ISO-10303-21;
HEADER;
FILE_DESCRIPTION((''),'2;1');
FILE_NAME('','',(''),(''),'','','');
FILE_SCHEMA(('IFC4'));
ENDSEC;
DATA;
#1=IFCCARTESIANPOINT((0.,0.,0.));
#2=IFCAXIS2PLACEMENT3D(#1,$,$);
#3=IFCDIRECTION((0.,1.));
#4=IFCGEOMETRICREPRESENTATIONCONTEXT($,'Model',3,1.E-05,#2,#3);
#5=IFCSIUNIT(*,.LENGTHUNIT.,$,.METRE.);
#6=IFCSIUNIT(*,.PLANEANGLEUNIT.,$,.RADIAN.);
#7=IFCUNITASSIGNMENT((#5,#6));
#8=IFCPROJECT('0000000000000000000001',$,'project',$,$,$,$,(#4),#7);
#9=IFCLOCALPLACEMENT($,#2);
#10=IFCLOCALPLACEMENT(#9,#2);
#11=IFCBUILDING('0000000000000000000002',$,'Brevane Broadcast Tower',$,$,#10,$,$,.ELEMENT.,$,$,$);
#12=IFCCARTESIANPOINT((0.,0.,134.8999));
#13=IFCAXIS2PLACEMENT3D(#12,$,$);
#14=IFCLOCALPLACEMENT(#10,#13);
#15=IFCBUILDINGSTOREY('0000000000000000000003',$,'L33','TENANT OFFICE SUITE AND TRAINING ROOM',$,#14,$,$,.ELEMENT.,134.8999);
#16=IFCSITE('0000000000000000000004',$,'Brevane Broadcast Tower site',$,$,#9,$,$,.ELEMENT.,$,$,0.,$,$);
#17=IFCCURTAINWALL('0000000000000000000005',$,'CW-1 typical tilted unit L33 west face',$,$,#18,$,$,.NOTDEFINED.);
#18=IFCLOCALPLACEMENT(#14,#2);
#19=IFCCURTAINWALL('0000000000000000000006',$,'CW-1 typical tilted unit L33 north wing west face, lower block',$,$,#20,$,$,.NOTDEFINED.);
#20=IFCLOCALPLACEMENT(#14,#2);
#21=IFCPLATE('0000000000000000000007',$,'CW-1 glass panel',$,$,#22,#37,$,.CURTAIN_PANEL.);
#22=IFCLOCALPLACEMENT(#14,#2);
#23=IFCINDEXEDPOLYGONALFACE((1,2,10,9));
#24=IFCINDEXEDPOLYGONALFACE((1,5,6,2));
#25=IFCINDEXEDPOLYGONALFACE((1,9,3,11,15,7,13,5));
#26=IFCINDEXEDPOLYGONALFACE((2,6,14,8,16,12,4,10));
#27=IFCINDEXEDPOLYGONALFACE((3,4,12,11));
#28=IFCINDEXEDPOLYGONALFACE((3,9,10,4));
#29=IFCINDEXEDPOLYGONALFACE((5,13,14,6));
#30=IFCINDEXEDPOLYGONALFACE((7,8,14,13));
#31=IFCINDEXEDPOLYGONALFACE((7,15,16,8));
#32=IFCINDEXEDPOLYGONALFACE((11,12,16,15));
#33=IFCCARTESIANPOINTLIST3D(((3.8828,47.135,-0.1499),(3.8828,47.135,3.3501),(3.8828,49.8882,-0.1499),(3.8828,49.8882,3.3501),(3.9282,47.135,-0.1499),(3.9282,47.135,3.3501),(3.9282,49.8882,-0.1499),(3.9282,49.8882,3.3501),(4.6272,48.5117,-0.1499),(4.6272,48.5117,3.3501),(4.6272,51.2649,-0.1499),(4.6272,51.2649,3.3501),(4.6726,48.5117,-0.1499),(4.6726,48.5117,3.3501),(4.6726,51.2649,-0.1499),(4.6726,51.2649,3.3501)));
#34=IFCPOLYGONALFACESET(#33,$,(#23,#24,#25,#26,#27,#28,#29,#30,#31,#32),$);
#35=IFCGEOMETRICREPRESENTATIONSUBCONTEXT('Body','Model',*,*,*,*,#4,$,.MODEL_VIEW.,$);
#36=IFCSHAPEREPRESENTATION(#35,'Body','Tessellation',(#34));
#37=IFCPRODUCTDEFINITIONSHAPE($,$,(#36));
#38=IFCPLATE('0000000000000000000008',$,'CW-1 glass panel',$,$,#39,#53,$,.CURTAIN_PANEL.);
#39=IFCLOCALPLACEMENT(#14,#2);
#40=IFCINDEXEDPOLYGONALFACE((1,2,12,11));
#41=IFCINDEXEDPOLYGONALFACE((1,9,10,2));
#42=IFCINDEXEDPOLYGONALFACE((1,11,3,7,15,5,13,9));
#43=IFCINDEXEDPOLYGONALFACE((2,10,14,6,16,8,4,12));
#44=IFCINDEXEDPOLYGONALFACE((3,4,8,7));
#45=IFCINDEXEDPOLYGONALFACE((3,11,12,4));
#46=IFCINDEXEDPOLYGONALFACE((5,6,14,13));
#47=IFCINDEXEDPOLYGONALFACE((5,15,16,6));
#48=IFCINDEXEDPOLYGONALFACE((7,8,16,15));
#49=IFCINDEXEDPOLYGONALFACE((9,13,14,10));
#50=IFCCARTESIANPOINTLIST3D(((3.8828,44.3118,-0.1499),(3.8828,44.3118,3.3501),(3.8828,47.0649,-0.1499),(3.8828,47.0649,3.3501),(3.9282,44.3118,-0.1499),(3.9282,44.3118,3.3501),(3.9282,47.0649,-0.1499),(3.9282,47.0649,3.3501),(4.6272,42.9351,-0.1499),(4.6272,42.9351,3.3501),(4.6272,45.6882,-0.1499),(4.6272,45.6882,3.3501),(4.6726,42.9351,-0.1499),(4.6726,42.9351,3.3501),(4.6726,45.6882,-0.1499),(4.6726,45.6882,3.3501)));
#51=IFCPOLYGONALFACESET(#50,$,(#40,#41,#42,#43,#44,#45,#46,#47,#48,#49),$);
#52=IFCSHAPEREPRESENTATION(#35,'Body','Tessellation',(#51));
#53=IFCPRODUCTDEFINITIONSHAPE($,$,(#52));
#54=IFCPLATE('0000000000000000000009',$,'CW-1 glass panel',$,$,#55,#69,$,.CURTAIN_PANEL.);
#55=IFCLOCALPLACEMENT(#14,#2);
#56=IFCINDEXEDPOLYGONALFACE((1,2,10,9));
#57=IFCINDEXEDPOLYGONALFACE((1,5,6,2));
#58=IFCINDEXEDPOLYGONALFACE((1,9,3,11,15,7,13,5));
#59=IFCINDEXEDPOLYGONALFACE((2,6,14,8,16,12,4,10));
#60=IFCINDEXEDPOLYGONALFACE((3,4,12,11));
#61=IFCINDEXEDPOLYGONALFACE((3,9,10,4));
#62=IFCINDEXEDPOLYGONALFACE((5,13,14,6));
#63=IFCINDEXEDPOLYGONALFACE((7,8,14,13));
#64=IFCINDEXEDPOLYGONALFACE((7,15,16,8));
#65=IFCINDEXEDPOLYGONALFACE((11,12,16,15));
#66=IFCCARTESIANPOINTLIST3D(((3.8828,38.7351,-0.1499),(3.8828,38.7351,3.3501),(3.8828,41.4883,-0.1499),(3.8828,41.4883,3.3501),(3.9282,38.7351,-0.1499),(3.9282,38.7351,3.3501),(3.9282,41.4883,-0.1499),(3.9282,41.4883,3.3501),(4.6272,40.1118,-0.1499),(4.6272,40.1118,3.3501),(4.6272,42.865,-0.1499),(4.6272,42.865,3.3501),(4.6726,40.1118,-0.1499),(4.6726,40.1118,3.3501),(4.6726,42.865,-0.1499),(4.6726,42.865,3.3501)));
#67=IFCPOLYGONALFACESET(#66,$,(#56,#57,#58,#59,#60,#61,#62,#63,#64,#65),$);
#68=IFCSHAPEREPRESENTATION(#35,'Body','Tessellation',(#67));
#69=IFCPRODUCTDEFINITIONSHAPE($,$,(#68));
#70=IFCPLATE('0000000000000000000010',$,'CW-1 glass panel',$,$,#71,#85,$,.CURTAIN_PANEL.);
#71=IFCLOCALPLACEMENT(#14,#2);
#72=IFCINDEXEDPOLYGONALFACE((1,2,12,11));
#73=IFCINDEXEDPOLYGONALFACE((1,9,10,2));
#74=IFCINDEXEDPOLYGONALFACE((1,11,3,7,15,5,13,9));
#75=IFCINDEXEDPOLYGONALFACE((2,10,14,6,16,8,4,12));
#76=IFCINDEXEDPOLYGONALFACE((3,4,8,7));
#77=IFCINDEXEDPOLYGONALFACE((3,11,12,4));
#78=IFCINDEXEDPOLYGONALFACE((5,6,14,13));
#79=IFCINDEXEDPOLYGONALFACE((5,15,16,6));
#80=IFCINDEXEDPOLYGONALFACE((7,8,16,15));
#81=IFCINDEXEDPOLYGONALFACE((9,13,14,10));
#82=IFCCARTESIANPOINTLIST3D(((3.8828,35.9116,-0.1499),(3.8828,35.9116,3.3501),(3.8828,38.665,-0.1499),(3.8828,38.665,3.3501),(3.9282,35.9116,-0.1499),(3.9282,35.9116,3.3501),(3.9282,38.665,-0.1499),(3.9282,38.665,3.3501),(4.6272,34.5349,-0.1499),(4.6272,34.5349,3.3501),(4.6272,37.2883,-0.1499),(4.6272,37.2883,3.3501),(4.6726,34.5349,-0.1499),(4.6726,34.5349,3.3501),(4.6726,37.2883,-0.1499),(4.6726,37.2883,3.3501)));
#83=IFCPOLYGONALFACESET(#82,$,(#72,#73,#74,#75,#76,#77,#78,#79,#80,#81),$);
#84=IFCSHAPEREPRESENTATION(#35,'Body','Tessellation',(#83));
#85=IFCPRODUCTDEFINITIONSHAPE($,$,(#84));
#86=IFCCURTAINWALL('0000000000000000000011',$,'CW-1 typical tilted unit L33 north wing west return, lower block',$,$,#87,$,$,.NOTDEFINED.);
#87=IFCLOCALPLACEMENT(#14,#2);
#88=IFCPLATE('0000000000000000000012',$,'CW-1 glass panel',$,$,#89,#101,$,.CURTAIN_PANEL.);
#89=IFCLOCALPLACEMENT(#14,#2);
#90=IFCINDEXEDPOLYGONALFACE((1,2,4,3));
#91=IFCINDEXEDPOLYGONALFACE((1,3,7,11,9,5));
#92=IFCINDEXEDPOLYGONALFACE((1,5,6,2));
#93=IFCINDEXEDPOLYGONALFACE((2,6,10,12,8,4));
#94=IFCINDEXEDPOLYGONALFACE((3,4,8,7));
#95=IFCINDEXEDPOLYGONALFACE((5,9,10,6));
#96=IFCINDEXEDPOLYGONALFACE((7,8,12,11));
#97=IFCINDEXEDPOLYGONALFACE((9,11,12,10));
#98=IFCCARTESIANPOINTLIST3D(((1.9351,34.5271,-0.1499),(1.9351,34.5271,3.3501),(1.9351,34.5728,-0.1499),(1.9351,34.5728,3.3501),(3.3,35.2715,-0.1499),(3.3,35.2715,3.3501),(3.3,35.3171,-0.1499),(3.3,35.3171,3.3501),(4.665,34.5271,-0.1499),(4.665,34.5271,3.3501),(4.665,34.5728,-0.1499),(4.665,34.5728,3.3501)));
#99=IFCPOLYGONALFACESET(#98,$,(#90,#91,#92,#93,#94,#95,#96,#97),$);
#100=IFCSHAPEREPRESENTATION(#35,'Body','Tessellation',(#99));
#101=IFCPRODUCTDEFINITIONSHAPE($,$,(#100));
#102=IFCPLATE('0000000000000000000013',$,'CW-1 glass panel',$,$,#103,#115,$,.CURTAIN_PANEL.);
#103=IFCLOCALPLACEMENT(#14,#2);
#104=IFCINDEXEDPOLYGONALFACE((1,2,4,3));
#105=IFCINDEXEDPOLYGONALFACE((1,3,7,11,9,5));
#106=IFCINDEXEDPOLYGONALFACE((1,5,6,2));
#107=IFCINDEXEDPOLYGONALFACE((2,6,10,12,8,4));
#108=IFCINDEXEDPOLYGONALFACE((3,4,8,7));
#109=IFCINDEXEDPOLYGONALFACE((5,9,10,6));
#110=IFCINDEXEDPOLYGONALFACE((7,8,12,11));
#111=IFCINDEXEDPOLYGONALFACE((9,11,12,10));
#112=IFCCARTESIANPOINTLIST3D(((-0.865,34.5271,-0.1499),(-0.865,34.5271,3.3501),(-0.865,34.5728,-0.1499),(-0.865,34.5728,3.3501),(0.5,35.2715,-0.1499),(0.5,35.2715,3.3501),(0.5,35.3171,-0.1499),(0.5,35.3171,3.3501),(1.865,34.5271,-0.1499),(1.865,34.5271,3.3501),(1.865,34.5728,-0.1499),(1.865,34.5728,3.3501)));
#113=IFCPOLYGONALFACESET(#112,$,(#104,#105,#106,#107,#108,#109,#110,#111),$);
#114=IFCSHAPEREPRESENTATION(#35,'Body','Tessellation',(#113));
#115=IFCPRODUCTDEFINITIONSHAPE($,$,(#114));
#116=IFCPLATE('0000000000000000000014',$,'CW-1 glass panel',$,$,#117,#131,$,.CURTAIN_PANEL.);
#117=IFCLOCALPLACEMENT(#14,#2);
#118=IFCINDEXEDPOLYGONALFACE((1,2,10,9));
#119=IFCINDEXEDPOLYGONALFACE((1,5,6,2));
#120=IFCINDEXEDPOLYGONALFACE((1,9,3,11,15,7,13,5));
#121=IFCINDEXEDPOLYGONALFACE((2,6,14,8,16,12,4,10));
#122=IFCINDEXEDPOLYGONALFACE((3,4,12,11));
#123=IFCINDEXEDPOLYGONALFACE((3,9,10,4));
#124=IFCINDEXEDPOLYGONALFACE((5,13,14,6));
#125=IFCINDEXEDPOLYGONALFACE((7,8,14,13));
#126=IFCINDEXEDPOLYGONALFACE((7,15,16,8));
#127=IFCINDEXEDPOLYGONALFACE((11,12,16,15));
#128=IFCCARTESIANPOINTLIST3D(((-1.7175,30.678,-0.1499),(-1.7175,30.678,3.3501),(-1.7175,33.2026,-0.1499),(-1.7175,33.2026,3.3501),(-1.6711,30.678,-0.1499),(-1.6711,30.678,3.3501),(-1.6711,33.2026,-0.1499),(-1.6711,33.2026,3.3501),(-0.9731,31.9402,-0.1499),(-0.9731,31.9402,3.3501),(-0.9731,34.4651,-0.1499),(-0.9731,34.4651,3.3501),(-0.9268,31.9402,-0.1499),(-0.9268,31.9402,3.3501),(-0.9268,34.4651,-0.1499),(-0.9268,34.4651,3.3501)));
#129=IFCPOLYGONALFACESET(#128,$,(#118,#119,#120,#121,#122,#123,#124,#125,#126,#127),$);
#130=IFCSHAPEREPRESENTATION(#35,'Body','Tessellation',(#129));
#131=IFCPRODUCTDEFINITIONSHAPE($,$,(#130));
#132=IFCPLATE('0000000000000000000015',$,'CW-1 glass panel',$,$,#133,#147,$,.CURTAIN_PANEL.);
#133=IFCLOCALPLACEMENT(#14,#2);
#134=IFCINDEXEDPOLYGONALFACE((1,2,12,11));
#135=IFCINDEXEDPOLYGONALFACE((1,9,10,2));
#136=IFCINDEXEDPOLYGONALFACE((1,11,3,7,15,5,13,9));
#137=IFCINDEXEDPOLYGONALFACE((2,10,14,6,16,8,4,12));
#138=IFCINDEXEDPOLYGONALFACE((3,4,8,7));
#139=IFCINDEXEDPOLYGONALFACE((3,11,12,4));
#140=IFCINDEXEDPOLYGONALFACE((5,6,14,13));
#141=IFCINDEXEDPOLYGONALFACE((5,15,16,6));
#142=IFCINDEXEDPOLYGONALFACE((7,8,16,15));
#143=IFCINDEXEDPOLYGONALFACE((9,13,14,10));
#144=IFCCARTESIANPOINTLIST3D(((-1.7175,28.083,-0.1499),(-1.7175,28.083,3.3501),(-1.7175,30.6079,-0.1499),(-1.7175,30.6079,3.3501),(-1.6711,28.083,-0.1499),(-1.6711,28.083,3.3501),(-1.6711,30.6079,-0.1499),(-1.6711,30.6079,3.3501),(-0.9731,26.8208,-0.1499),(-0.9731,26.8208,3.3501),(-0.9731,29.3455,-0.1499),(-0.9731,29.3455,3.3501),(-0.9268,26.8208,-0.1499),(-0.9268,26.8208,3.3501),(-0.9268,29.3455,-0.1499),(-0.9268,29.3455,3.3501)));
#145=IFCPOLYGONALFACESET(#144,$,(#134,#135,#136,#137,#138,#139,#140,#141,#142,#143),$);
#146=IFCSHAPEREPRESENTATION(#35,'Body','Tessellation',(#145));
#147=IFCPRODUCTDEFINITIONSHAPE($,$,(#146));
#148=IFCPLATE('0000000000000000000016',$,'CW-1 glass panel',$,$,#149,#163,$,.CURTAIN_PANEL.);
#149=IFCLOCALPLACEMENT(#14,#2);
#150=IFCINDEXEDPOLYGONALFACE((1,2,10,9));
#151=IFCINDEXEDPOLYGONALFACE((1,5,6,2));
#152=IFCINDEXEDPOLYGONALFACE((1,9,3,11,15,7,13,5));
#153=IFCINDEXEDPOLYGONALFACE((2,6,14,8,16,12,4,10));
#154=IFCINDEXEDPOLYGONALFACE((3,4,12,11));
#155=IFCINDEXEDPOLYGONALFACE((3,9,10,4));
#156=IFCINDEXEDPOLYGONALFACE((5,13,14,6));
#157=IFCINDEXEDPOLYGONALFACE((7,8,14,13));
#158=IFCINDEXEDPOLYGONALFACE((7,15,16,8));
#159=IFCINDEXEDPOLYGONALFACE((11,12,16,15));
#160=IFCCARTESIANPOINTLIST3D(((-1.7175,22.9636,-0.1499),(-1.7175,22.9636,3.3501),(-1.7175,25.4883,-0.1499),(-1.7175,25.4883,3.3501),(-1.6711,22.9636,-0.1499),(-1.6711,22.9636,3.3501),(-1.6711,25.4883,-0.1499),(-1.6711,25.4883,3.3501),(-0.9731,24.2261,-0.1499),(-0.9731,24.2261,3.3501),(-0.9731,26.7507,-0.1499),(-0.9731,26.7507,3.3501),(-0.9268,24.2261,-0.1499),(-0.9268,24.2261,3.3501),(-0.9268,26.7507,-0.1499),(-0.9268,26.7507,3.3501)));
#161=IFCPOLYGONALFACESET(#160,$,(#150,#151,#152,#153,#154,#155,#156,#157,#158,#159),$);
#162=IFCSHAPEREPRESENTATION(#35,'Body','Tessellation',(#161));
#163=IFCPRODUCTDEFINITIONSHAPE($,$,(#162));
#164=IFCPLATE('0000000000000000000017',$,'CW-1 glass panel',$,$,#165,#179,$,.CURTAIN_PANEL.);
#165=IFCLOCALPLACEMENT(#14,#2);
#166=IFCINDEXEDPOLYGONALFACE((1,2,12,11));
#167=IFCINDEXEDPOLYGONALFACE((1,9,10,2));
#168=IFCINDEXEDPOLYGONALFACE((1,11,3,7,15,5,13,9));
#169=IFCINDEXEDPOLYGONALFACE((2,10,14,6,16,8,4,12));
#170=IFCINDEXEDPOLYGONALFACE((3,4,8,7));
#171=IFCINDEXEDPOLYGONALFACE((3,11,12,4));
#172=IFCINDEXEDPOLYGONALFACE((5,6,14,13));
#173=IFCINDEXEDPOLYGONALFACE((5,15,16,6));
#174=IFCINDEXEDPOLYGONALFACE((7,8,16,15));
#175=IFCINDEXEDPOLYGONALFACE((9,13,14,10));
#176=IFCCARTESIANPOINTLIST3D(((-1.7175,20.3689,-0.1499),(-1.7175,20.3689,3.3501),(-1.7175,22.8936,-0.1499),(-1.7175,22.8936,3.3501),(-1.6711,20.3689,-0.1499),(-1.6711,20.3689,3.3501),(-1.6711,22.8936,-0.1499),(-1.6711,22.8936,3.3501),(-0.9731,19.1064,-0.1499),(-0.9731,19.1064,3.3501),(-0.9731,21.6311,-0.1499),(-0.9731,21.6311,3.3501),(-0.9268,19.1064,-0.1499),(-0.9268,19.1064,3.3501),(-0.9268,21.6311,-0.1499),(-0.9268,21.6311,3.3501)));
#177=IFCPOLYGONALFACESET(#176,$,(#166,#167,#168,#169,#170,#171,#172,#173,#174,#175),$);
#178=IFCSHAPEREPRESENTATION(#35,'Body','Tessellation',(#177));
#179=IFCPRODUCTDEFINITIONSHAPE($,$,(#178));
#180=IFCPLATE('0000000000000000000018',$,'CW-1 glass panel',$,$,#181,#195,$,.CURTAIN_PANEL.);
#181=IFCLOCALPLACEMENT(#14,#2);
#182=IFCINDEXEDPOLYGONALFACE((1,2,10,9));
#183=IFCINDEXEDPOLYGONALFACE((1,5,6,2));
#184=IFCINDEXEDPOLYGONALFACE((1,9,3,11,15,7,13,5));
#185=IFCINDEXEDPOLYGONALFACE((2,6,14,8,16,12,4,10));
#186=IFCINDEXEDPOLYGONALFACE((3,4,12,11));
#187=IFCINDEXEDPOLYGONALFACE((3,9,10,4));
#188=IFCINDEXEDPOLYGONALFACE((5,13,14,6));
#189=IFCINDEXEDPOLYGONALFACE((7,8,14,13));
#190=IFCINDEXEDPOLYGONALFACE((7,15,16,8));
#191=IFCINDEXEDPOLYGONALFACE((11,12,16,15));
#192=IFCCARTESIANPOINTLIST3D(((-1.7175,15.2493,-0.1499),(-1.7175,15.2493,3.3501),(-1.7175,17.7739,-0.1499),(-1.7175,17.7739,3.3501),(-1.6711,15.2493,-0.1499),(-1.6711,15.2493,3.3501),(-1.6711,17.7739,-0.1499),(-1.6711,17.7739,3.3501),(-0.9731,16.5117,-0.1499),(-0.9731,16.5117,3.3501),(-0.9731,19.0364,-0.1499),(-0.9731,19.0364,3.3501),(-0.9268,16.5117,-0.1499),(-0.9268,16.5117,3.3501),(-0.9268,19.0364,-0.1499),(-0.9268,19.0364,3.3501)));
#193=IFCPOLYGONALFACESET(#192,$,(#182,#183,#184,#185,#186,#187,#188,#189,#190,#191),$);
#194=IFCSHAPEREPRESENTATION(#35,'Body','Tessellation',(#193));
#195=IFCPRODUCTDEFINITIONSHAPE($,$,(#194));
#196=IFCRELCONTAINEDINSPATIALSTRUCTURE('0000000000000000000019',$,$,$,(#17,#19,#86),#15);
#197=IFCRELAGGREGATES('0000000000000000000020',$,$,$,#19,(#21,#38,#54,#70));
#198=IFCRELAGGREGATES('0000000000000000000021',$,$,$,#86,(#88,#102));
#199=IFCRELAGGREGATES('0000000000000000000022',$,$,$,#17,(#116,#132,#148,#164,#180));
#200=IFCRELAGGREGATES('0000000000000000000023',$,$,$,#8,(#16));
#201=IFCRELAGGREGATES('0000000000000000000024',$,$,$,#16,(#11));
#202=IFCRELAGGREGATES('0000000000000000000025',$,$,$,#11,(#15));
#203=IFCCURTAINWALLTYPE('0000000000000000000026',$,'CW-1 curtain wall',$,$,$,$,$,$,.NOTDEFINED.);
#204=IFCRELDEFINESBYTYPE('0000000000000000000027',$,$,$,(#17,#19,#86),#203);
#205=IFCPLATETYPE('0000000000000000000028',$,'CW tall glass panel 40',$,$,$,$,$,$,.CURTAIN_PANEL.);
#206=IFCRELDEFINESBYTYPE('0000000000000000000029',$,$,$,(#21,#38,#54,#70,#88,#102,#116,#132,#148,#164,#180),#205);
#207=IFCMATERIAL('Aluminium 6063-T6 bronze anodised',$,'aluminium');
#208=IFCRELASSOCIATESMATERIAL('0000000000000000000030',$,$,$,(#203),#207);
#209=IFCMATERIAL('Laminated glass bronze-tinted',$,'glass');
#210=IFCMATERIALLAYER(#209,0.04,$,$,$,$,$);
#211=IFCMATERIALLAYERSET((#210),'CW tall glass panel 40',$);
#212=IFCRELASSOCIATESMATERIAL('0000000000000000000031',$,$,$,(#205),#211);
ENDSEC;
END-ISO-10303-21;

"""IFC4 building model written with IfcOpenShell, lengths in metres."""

from ifc_helpers import new_model, si_unit, direction, frame, origin, place, context, subcontext, project, spatial, polyline, outline, extrude, material, layer, layer_set, type_object, element, aggregate, save


model = new_model("IFC4")

# Units and contexts
model_context = context("Model", 3, precision=1e-05, world=origin(), true_north=direction((0.0, 1.0)))
body_context = subcontext(model_context, "Body", "Model", "MODEL_VIEW")
ifc_project = project(units=[si_unit("LENGTHUNIT", "METRE"), si_unit("PLANEANGLEUNIT", "RADIAN")], contexts=[model_context])

# Site, building, storey
site_placement = place(None, origin())
site = spatial("IfcSite", under=ifc_project, at=site_placement, Name="Brevane Broadcast Tower site", CompositionType="ELEMENT", RefElevation=0.0)
building_placement = place(site_placement, origin())
building = spatial("IfcBuilding", under=site, at=building_placement, Name="Brevane Broadcast Tower", CompositionType="ELEMENT")
storey_placement = place(building_placement, frame((0.0, 0.0, 134.8999)))
storey = spatial("IfcBuildingStorey", under=building, at=storey_placement, Name="L33", Description="TENANT OFFICE SUITE AND TRAINING ROOM", CompositionType="ELEMENT", Elevation=134.8999)

# Curtain wall
ifc_material_1 = material(Name="Aluminium 6063-T6 bronze anodised", Category="aluminium")
curtain_wall_type = type_object("IfcCurtainWallType", Name="CW-1 curtain wall", PredefinedType="NOTDEFINED", material=ifc_material_1)
curtain_wall_1_placement = place(storey_placement, origin())
curtain_wall_1 = element("IfcCurtainWall", 1, at=curtain_wall_1_placement, inside=storey, type_object=curtain_wall_type, Name="CW-1 typical tilted unit L33 west face", PredefinedType="NOTDEFINED")

# Shared definitions
ifc_material_2 = material(Name="Laminated glass bronze-tinted", Category="glass")
ifc_layer = layer(ifc_material_2, 0.04)
ifc_layer_set = layer_set([ifc_layer], Name="CW tall glass panel 40")
plate_type = type_object("IfcPlateType", Name="CW tall glass panel 40", PredefinedType="CURTAIN_PANEL", material=ifc_layer_set)

# Curtain walls, plates
curtain_wall_2_placement = place(storey_placement, origin())
curtain_wall_2 = element("IfcCurtainWall", 2, at=curtain_wall_2_placement, inside=storey, type_object=curtain_wall_type, Name="CW-1 typical tilted unit L33 north wing west face, lower block", PredefinedType="NOTDEFINED")
plate_1_placement = place(storey_placement, frame((0.0, 0.0, -0.1499)))
plate_1 = element("IfcPlate", 3, at=plate_1_placement, type_object=plate_type, Name="CW-1 glass panel", PredefinedType="CURTAIN_PANEL", context=body_context, shape_type="SweptSolid", body=[
    extrude(outline(polyline([(4.6726, 51.2649), (4.6272, 51.2649), (3.8828, 49.8882), (4.6272, 48.5117), (3.8828, 47.135), (3.9282, 47.135), (4.6726, 48.5117), (3.9282, 49.8882), (4.6726, 51.2649)])), origin(), (0.0, 0.0, 1.0), 3.5),
])
plate_2_placement = place(storey_placement, frame((0.0, 0.0, -0.1499)))
plate_2 = element("IfcPlate", 4, at=plate_2_placement, type_object=plate_type, Name="CW-1 glass panel", PredefinedType="CURTAIN_PANEL", context=body_context, shape_type="SweptSolid", body=[
    extrude(outline(polyline([(3.9282, 47.0649), (3.8828, 47.0649), (4.6272, 45.6882), (3.8828, 44.3118), (4.6272, 42.9351), (4.6726, 42.9351), (3.9282, 44.3118), (4.6726, 45.6882), (3.9282, 47.0649)])), origin(), (0.0, 0.0, 1.0), 3.5),
])
plate_3_placement = place(storey_placement, frame((0.0, 0.0, -0.1499)))
plate_3 = element("IfcPlate", 5, at=plate_3_placement, type_object=plate_type, Name="CW-1 glass panel", PredefinedType="CURTAIN_PANEL", context=body_context, shape_type="SweptSolid", body=[
    extrude(outline(polyline([(4.6726, 42.865), (4.6272, 42.865), (3.8828, 41.4883), (4.6272, 40.1118), (3.8828, 38.7351), (3.9282, 38.7351), (4.6726, 40.1118), (3.9282, 41.4883), (4.6726, 42.865)])), origin(), (0.0, 0.0, 1.0), 3.5),
])
plate_4_placement = place(storey_placement, frame((0.0, 0.0, -0.1499)))
plate_4 = element("IfcPlate", 6, at=plate_4_placement, type_object=plate_type, Name="CW-1 glass panel", PredefinedType="CURTAIN_PANEL", context=body_context, shape_type="SweptSolid", body=[
    extrude(outline(polyline([(3.9282, 38.665), (3.8828, 38.665), (4.6272, 37.2883), (3.8828, 35.9116), (4.6272, 34.5349), (4.6726, 34.5349), (3.9282, 35.9116), (4.6726, 37.2883), (3.9282, 38.665)])), origin(), (0.0, 0.0, 1.0), 3.5),
])
aggregate(curtain_wall_2, [plate_1, plate_2, plate_3, plate_4])
curtain_wall_3_placement = place(storey_placement, origin())
curtain_wall_3 = element("IfcCurtainWall", 7, at=curtain_wall_3_placement, inside=storey, type_object=curtain_wall_type, Name="CW-1 typical tilted unit L33 north wing west return, lower block", PredefinedType="NOTDEFINED")
plate_5_placement = place(storey_placement, frame((0.0, 0.0, -0.1499)))
plate_5 = element("IfcPlate", 8, at=plate_5_placement, type_object=plate_type, Name="CW-1 glass panel", PredefinedType="CURTAIN_PANEL", context=body_context, shape_type="SweptSolid", body=[
    extrude(outline(polyline([(4.665, 34.5271), (4.665, 34.5728), (3.3, 35.3171), (1.9351, 34.5728), (1.9351, 34.5271), (3.3, 35.2715), (4.665, 34.5271)])), origin(), (0.0, 0.0, 1.0), 3.5),
])
plate_6_placement = place(storey_placement, frame((0.0, 0.0, -0.1499)))
plate_6 = element("IfcPlate", 9, at=plate_6_placement, type_object=plate_type, Name="CW-1 glass panel", PredefinedType="CURTAIN_PANEL", context=body_context, shape_type="SweptSolid", body=[
    extrude(outline(polyline([(1.865, 34.5271), (1.865, 34.5728), (0.5, 35.3171), (-0.865, 34.5728), (-0.865, 34.5271), (0.5, 35.2715), (1.865, 34.5271)])), origin(), (0.0, 0.0, 1.0), 3.5),
])
aggregate(curtain_wall_3, [plate_5, plate_6])

# Plates
plate_7_placement = place(storey_placement, frame((0.0, 0.0, -0.1499)))
plate_7 = element("IfcPlate", 10, at=plate_7_placement, type_object=plate_type, Name="CW-1 glass panel", PredefinedType="CURTAIN_PANEL", context=body_context, shape_type="SweptSolid", body=[
    extrude(outline(polyline([(-0.9268, 34.4651), (-0.9731, 34.4651), (-1.7175, 33.2026), (-0.9731, 31.9402), (-1.7175, 30.678), (-1.6711, 30.678), (-0.9268, 31.9402), (-1.6711, 33.2026), (-0.9268, 34.4651)])), origin(), (0.0, 0.0, 1.0), 3.5),
])
plate_8_placement = place(storey_placement, frame((0.0, 0.0, -0.1499)))
plate_8 = element("IfcPlate", 11, at=plate_8_placement, type_object=plate_type, Name="CW-1 glass panel", PredefinedType="CURTAIN_PANEL", context=body_context, shape_type="SweptSolid", body=[
    extrude(outline(polyline([(-1.6711, 30.6079), (-1.7175, 30.6079), (-0.9731, 29.3455), (-1.7175, 28.083), (-0.9731, 26.8208), (-0.9268, 26.8208), (-1.6711, 28.083), (-0.9268, 29.3455), (-1.6711, 30.6079)])), origin(), (0.0, 0.0, 1.0), 3.5),
])
plate_9_placement = place(storey_placement, frame((0.0, 0.0, -0.1499)))
plate_9 = element("IfcPlate", 12, at=plate_9_placement, type_object=plate_type, Name="CW-1 glass panel", PredefinedType="CURTAIN_PANEL", context=body_context, shape_type="SweptSolid", body=[
    extrude(outline(polyline([(-0.9268, 26.7507), (-0.9731, 26.7507), (-1.7175, 25.4883), (-0.9731, 24.2261), (-1.7175, 22.9636), (-1.6711, 22.9636), (-0.9268, 24.2261), (-1.6711, 25.4883), (-0.9268, 26.7507)])), origin(), (0.0, 0.0, 1.0), 3.5),
])
plate_10_placement = place(storey_placement, frame((0.0, 0.0, -0.1499)))
plate_10 = element("IfcPlate", 13, at=plate_10_placement, type_object=plate_type, Name="CW-1 glass panel", PredefinedType="CURTAIN_PANEL", context=body_context, shape_type="SweptSolid", body=[
    extrude(outline(polyline([(-1.6711, 22.8936), (-1.7175, 22.8936), (-0.9731, 21.6311), (-1.7175, 20.3689), (-0.9731, 19.1064), (-0.9268, 19.1064), (-1.6711, 20.3689), (-0.9268, 21.6311), (-1.6711, 22.8936)])), origin(), (0.0, 0.0, 1.0), 3.5),
])
plate_11_placement = place(storey_placement, frame((0.0, 0.0, -0.1499)))
plate_11 = element("IfcPlate", 14, at=plate_11_placement, type_object=plate_type, Name="CW-1 glass panel", PredefinedType="CURTAIN_PANEL", context=body_context, shape_type="SweptSolid", body=[
    extrude(outline(polyline([(-0.9268, 19.0364), (-0.9731, 19.0364), (-1.7175, 17.7739), (-0.9731, 16.5117), (-1.7175, 15.2493), (-1.6711, 15.2493), (-0.9268, 16.5117), (-1.6711, 17.7739), (-0.9268, 19.0364)])), origin(), (0.0, 0.0, 1.0), 3.5),
])
aggregate(curtain_wall_1, [plate_7, plate_8, plate_9, plate_10, plate_11])

save(model, "model.ifc")
